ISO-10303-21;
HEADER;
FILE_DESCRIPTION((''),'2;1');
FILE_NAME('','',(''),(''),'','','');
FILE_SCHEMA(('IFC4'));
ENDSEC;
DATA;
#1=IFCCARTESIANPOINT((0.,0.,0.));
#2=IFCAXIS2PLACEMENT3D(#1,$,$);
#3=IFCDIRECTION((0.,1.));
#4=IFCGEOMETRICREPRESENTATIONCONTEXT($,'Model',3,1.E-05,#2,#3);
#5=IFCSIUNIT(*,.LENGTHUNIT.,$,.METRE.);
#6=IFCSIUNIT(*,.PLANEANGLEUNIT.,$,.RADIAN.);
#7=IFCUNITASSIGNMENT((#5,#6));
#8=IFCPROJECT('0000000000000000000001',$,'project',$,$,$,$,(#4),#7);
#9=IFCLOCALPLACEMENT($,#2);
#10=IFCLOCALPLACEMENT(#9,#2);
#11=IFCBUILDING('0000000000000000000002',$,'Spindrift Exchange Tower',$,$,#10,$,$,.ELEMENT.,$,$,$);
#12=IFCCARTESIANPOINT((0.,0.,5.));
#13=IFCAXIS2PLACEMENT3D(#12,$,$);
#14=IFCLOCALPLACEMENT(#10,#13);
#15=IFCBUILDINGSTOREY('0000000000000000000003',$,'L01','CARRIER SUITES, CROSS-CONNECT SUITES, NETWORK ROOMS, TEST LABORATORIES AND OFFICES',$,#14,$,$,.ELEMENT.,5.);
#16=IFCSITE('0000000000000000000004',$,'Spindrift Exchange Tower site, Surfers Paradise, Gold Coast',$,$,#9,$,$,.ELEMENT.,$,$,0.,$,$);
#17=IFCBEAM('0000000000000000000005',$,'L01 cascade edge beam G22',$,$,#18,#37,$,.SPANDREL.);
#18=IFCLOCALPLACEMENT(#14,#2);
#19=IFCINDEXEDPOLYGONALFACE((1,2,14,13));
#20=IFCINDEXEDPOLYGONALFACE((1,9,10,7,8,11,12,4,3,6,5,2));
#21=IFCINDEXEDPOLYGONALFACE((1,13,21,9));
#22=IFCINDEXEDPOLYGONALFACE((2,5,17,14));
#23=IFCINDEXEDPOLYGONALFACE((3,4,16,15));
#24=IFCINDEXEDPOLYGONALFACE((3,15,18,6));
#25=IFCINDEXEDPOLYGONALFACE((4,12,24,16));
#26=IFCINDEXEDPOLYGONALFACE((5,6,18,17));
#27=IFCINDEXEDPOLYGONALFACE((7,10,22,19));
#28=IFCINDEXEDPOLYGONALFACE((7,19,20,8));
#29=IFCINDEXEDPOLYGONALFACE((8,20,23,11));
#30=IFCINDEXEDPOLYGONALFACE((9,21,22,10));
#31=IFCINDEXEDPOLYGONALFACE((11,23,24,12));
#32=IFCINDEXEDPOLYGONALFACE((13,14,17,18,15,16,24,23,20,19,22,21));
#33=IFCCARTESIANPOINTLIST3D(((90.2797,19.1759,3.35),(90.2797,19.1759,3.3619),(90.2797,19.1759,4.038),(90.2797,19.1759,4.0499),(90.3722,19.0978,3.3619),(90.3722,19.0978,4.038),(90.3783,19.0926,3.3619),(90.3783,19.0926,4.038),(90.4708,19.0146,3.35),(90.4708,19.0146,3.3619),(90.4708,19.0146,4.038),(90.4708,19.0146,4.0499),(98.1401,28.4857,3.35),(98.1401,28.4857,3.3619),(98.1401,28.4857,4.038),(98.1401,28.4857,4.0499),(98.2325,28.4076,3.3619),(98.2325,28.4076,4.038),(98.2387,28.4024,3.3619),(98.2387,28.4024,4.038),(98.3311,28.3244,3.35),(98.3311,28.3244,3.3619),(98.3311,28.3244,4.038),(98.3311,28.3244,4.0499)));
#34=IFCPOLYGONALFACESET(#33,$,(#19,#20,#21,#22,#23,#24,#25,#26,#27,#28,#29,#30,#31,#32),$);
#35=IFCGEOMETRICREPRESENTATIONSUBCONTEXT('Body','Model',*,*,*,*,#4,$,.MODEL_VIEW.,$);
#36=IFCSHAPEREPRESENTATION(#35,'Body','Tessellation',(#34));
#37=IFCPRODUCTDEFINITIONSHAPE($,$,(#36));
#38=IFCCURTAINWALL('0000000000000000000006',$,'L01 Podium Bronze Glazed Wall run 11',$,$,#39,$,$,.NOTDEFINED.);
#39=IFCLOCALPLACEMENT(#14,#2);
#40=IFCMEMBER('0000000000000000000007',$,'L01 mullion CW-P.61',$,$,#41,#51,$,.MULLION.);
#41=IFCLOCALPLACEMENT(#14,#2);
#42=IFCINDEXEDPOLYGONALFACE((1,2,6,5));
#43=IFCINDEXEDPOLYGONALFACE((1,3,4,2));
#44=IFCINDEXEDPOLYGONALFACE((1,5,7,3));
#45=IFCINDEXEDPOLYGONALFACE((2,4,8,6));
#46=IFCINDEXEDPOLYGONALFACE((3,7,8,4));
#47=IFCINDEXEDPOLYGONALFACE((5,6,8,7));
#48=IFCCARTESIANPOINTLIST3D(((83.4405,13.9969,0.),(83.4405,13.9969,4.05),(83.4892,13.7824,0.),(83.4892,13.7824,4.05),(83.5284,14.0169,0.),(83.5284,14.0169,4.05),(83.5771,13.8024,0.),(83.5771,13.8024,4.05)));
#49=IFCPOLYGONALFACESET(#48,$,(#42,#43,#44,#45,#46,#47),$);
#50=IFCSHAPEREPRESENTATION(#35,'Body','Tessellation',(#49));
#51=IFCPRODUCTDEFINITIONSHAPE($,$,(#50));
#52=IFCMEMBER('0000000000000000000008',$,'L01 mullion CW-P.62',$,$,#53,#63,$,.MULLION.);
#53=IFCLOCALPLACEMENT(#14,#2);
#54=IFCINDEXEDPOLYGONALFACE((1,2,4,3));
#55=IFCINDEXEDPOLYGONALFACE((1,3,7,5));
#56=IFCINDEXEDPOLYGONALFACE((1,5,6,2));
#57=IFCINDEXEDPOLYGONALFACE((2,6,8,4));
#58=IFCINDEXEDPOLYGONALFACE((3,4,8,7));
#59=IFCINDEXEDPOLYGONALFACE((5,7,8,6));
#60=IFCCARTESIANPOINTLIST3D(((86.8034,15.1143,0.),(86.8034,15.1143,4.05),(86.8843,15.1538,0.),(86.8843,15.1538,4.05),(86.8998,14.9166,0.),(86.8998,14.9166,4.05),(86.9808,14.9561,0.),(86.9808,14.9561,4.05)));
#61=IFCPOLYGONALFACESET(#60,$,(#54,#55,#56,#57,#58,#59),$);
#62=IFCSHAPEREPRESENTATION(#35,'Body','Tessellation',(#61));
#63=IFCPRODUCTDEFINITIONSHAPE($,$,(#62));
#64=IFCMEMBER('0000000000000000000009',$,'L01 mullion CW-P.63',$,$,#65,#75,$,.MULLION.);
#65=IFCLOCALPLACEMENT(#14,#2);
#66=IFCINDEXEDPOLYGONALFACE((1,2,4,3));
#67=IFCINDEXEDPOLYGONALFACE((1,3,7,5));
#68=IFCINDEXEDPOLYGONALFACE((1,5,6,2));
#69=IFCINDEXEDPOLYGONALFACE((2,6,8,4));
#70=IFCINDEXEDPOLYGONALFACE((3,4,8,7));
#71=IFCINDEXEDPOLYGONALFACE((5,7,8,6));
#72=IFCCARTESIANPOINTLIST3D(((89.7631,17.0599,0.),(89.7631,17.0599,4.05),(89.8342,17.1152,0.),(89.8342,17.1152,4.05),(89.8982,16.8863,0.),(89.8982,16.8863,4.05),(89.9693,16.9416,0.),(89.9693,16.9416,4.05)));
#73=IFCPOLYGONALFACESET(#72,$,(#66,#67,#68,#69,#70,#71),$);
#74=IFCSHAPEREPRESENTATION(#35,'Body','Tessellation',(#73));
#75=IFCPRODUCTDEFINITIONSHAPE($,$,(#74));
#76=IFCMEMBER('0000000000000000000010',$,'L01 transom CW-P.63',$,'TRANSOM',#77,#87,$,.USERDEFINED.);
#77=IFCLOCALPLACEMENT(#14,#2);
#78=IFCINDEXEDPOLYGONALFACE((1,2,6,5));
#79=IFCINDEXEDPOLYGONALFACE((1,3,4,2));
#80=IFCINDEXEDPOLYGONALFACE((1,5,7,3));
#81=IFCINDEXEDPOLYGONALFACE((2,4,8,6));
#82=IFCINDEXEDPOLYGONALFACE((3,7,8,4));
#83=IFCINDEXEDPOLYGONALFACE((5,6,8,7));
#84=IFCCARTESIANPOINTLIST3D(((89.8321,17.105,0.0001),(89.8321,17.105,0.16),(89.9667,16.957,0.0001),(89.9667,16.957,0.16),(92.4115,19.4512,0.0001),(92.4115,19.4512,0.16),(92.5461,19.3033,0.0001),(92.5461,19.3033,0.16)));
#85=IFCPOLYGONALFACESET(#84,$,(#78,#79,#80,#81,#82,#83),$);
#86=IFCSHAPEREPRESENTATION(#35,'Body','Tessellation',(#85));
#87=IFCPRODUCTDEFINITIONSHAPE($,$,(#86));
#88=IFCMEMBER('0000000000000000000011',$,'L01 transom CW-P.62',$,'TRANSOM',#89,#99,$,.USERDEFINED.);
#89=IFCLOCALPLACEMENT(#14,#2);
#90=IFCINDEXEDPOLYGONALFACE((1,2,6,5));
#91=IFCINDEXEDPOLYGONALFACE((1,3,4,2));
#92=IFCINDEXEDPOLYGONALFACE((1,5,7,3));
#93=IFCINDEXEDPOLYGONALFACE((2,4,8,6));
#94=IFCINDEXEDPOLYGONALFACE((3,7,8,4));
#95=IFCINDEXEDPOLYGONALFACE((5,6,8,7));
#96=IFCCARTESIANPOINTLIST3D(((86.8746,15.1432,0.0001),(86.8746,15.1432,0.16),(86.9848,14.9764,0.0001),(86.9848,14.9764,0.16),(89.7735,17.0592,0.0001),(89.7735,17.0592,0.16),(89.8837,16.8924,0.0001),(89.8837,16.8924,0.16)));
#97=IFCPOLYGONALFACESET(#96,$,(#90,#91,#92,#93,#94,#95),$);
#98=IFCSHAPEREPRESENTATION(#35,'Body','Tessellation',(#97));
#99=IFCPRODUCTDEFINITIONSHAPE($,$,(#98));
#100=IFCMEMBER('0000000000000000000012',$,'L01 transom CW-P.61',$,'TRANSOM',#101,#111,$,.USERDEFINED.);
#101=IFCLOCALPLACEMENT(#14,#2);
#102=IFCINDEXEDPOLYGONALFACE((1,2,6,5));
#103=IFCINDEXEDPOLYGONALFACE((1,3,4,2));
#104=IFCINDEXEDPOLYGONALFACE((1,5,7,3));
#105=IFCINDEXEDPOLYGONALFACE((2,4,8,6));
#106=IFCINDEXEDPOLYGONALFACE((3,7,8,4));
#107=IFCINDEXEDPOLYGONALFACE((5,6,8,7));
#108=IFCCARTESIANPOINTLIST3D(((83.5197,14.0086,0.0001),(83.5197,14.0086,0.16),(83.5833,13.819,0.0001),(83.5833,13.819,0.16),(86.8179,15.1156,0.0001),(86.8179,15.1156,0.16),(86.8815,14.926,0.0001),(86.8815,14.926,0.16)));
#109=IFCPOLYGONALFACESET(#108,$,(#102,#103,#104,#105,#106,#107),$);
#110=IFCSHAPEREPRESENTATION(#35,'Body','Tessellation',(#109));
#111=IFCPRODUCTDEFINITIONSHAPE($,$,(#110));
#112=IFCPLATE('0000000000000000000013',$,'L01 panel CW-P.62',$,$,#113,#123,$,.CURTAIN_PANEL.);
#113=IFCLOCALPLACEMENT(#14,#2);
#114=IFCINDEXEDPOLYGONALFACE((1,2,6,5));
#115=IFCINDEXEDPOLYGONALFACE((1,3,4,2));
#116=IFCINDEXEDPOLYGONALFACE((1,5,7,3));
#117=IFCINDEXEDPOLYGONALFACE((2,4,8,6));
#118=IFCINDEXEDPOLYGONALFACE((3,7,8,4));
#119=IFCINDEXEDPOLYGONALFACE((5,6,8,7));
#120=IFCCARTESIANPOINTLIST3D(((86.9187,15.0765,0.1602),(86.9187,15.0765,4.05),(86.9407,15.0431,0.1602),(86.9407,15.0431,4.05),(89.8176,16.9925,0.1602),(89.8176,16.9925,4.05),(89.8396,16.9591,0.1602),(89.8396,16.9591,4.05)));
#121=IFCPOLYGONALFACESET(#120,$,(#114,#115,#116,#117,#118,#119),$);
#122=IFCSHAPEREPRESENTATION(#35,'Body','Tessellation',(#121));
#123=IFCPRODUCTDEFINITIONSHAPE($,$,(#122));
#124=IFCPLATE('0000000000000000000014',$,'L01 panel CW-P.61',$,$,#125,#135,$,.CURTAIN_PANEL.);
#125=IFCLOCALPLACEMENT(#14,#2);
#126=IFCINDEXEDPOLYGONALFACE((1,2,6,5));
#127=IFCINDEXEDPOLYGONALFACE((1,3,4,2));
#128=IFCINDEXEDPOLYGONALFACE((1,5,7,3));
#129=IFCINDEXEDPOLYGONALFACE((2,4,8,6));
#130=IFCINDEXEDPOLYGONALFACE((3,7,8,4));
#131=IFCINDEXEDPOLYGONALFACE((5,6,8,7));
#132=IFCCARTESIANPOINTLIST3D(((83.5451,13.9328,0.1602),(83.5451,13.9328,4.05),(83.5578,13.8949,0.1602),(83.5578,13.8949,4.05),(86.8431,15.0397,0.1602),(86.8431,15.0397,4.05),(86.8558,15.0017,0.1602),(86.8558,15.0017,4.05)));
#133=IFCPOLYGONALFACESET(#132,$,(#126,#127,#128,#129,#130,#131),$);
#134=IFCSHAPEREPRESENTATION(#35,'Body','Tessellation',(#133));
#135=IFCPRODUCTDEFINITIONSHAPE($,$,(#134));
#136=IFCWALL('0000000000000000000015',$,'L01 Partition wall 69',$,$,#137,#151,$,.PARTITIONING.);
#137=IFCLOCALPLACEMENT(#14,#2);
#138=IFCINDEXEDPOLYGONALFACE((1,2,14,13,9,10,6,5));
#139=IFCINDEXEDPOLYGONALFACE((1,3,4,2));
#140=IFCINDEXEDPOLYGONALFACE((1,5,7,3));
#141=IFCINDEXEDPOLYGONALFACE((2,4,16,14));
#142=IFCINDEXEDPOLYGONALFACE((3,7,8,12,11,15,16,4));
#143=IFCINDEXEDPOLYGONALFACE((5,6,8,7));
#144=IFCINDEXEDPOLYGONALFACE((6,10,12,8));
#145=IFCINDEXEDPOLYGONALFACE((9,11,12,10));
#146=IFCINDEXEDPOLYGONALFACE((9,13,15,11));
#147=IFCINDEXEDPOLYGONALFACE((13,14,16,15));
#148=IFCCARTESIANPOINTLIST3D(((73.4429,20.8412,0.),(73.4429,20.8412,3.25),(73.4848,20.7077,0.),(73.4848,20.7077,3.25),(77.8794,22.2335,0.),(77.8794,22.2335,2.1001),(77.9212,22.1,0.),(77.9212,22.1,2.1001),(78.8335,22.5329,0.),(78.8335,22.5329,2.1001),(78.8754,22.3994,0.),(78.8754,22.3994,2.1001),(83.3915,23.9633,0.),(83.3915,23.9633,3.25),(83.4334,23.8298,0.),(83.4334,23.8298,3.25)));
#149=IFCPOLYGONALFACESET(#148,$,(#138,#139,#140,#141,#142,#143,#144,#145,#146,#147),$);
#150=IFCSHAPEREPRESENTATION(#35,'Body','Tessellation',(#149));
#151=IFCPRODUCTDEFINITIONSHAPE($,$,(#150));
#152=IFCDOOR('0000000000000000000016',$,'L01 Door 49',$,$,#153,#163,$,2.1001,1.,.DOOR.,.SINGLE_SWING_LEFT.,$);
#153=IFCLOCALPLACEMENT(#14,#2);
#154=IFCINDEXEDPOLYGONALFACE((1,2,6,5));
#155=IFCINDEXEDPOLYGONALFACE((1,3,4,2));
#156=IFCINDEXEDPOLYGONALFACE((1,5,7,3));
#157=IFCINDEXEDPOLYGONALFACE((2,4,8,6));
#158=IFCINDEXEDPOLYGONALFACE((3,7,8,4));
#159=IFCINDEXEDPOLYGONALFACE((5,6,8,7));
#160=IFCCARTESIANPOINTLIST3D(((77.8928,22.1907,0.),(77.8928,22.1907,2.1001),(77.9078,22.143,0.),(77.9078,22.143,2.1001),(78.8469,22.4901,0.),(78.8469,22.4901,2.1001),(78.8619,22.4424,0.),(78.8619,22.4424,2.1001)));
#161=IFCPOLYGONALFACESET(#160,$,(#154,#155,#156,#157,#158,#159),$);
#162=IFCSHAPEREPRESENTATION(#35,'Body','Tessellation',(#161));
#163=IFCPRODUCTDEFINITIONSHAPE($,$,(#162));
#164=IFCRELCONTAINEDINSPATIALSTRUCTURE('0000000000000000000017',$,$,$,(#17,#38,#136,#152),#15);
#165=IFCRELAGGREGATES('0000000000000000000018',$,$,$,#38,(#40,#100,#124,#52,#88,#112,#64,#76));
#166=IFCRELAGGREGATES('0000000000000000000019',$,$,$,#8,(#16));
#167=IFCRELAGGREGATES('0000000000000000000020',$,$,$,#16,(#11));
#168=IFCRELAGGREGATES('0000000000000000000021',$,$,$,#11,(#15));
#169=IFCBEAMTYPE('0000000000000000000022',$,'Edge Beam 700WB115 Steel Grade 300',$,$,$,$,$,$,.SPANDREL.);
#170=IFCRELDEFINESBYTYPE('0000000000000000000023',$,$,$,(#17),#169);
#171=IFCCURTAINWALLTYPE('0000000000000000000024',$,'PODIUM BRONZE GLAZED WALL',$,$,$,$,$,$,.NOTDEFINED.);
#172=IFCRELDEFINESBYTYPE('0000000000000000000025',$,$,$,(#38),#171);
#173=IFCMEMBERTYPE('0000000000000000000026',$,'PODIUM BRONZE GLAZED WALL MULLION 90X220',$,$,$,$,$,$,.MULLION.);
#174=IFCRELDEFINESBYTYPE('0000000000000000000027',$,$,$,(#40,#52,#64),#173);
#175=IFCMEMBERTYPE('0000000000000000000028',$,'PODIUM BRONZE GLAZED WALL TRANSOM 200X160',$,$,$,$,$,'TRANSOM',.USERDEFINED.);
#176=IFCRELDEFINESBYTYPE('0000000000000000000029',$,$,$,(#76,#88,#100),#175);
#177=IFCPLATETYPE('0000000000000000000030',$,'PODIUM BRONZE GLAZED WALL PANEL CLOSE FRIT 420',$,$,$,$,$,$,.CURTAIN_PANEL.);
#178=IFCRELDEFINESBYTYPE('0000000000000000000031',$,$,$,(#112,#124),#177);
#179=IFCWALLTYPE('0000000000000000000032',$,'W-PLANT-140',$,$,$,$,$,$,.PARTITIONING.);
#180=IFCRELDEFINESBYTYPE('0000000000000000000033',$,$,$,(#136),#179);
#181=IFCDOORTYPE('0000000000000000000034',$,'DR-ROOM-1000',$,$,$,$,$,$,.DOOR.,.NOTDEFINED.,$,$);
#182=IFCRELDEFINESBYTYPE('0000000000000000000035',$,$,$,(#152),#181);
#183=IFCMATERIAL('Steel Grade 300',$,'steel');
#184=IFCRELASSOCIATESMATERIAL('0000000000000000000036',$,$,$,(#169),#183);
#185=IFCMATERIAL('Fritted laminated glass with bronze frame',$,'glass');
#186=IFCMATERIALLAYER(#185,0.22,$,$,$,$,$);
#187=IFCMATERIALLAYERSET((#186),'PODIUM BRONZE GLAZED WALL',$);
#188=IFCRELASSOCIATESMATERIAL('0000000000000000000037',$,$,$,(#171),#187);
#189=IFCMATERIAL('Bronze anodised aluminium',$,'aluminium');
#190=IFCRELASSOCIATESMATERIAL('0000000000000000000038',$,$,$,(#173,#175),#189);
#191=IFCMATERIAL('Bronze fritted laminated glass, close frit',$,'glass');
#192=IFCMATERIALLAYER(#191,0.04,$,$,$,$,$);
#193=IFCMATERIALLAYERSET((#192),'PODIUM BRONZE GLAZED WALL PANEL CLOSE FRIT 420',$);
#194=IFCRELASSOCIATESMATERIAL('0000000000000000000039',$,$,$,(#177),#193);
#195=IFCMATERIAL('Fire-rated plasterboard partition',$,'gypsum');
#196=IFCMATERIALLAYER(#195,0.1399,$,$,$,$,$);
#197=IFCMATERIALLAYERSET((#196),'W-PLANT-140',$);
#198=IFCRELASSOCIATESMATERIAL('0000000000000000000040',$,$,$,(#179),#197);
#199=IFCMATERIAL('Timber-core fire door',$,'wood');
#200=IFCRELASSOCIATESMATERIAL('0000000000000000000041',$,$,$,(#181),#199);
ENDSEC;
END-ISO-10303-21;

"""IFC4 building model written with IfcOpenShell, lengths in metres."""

from ifc_helpers import new_model, si_unit, direction, frame, frame_2d, origin, origin_2d, place, context, subcontext, project, spatial, rectangle, i_section, extrude, source, transform, mapped, material, layer, layer_set, material_profile, profile_set, type_object, element, fill, aggregate, save


model = new_model("IFC4")

# Units and contexts
model_context = context("Model", 3, precision=1e-05, world=origin(), true_north=direction((0.0, 1.0)))
body_context = subcontext(model_context, "Body", "Model", "MODEL_VIEW")
ifc_project = project(units=[si_unit("LENGTHUNIT", "METRE"), si_unit("PLANEANGLEUNIT", "RADIAN")], contexts=[model_context])

# Site, building, storey
site_placement = place(None, origin())
site = spatial("IfcSite", under=ifc_project, at=site_placement, Name="Spindrift Exchange Tower site, Surfers Paradise, Gold Coast", CompositionType="ELEMENT", RefElevation=0.0)
building_placement = place(site_placement, origin())
building = spatial("IfcBuilding", under=site, at=building_placement, Name="Spindrift Exchange Tower", CompositionType="ELEMENT")
storey_placement = place(building_placement, frame((0.0, 0.0, 5.0)))
storey = spatial("IfcBuildingStorey", under=building, at=storey_placement, Name="L01", Description="CARRIER SUITES, CROSS-CONNECT SUITES, NETWORK ROOMS, TEST LABORATORIES AND OFFICES", CompositionType="ELEMENT", Elevation=5.0)

# Beam
ifc_material_1 = material(Name="Steel Grade 300", Category="steel")
ifc_material_profile_1 = material_profile(ifc_material_1, i_section(OverallWidth=0.25, OverallDepth=0.7, WebThickness=0.0081, FlangeThickness=0.012, at=origin_2d()), Name="700WB115")
ifc_profile_set_1 = profile_set([ifc_material_profile_1], Name="Steel Grade 300")
beam_type_1 = type_object("IfcBeamType", Name="Edge Beam 700WB115 Steel Grade 300", PredefinedType="SPANDREL", material=ifc_profile_set_1)
shared_shape_1 = source(origin(), body_context, "Body", "SweptSolid", [
    extrude(i_section(OverallWidth=0.25, OverallDepth=0.7, WebThickness=0.0081, FlangeThickness=0.012, at=origin_2d()), origin(), (0.0, 0.0, 1.0), 12.1843),
])
beam_placement = place(storey_placement, frame((90.3752, 19.0952, 3.7), z_axis=(0.64512, 0.764081, 0.0), x_axis=(-0.764081, 0.64512, 0.0)))
element("IfcBeam", 1, at=beam_placement, inside=storey, type_object=beam_type_1, Name="L01 cascade edge beam G22", PredefinedType="SPANDREL", context=body_context, shape_type="MappedRepresentation", body=[
    mapped(shared_shape_1, transform((0.0, 0.0, 0.0), scale=1.0)),
])

# Curtain wall, members, plates
ifc_material_2 = material(Name="Fritted laminated glass with bronze frame", Category="glass")
ifc_layer_1 = layer(ifc_material_2, 0.22)
ifc_layer_set_1 = layer_set([ifc_layer_1], Name="PODIUM BRONZE GLAZED WALL")
curtain_wall_type = type_object("IfcCurtainWallType", Name="PODIUM BRONZE GLAZED WALL", PredefinedType="NOTDEFINED", material=ifc_layer_set_1)
curtain_wall_placement = place(storey_placement, origin())
curtain_wall = element("IfcCurtainWall", 2, at=curtain_wall_placement, inside=storey, type_object=curtain_wall_type, Name="L01 Podium Bronze Glazed Wall run 11", PredefinedType="NOTDEFINED")
ifc_material_3 = material(Name="Bronze anodised aluminium", Category="aluminium")
ifc_material_profile_2 = material_profile(ifc_material_3, rectangle(XDim=0.0901, YDim=0.22, at=origin_2d()), Name="PODIUM BRONZE GLAZED WALL MULLION 90X220")
ifc_profile_set_2 = profile_set([ifc_material_profile_2], Name="Bronze anodised aluminium")
member_type_1 = type_object("IfcMemberType", Name="PODIUM BRONZE GLAZED WALL MULLION 90X220", PredefinedType="MULLION", material=ifc_profile_set_2)
shared_shape_2 = source(origin(), body_context, "Body", "SweptSolid", [
    extrude(rectangle(XDim=0.0901, YDim=0.22, at=origin_2d()), origin(), (0.0, 0.0, 1.0), 4.05),
])
member_1_placement = place(storey_placement, frame((83.5088, 13.8997, 0.0), z_axis=(0.0, 0.0, 1.0), x_axis=(0.975207, 0.221296, 0.0)))
member_1 = element("IfcMember", 3, at=member_1_placement, type_object=member_type_1, Name="L01 mullion CW-P.61", PredefinedType="MULLION", context=body_context, shape_type="MappedRepresentation", body=[
    mapped(shared_shape_2, transform((0.0, 0.0, 0.0), scale=1.0)),
])
member_2_placement = place(storey_placement, frame((86.8921, 15.0352, 0.0), z_axis=(0.0, 0.0, 1.0), x_axis=(0.898738, 0.438485, 0.0)))
member_2 = element("IfcMember", 4, at=member_2_placement, type_object=member_type_1, Name="L01 mullion CW-P.62", PredefinedType="MULLION", context=body_context, shape_type="MappedRepresentation", body=[
    mapped(shared_shape_2, transform((0.0, 0.0, 0.0), scale=1.0)),
])
member_3_placement = place(storey_placement, frame((89.8662, 17.0007, 0.0), z_axis=(0.0, 0.0, 1.0), x_axis=(0.789333, 0.613966, 0.0)))
member_3 = element("IfcMember", 5, at=member_3_placement, type_object=member_type_1, Name="L01 mullion CW-P.63", PredefinedType="MULLION", context=body_context, shape_type="MappedRepresentation", body=[
    mapped(shared_shape_2, transform((0.0, 0.0, 0.0), scale=1.0)),
])
ifc_material_profile_3 = material_profile(ifc_material_3, rectangle(XDim=0.2, YDim=0.1599, at=origin_2d()), Name="PODIUM BRONZE GLAZED WALL TRANSOM 200X160")
ifc_profile_set_3 = profile_set([ifc_material_profile_3], Name="Bronze anodised aluminium")
member_type_2 = type_object("IfcMemberType", Name="PODIUM BRONZE GLAZED WALL TRANSOM 200X160", ElementType="TRANSOM", PredefinedType="USERDEFINED", material=ifc_profile_set_3)
shared_shape_3 = source(origin(), body_context, "Body", "SweptSolid", [
    extrude(rectangle(XDim=0.2, YDim=0.1599, at=origin_2d()), origin(), (0.0, 0.0, 1.0), 3.4868),
])
member_4_placement = place(storey_placement, frame((89.8994, 17.031, 0.0801), z_axis=(0.73975, 0.672882, 0.0), x_axis=(-0.672882, 0.73975, 0.0)))
member_4 = element("IfcMember", 6, at=member_4_placement, type_object=member_type_2, Name="L01 transom CW-P.63", ObjectType="TRANSOM", PredefinedType="USERDEFINED", context=body_context, shape_type="MappedRepresentation", body=[
    mapped(shared_shape_3, transform((0.0, 0.0, 0.0), scale=1.0)),
])
shared_shape_4 = source(origin(), body_context, "Body", "SweptSolid", [
    extrude(rectangle(XDim=0.2, YDim=0.1599, at=origin_2d()), origin(), (0.0, 0.0, 1.0), 3.4749),
])
member_5_placement = place(storey_placement, frame((86.9297, 15.0598, 0.0801), z_axis=(0.834249, 0.551388, 0.0), x_axis=(-0.551388, 0.834249, 0.0)))
member_5 = element("IfcMember", 7, at=member_5_placement, type_object=member_type_2, Name="L01 transom CW-P.62", ObjectType="TRANSOM", PredefinedType="USERDEFINED", context=body_context, shape_type="MappedRepresentation", body=[
    mapped(shared_shape_4, transform((0.0, 0.0, 0.0), scale=1.0)),
])
shared_shape_5 = source(origin(), body_context, "Body", "SweptSolid", [
    extrude(rectangle(XDim=0.2, YDim=0.1599, at=origin_2d()), origin(), (0.0, 0.0, 1.0), 3.479),
])
member_6_placement = place(storey_placement, frame((83.5515, 13.9138, 0.0801), z_axis=(0.948029, 0.318185, 0.0), x_axis=(-0.318185, 0.948029, 0.0)))
member_6 = element("IfcMember", 8, at=member_6_placement, type_object=member_type_2, Name="L01 transom CW-P.61", ObjectType="TRANSOM", PredefinedType="USERDEFINED", context=body_context, shape_type="MappedRepresentation", body=[
    mapped(shared_shape_5, transform((0.0, 0.0, 0.0), scale=1.0)),
])
ifc_material_4 = material(Name="Bronze fritted laminated glass, close frit", Category="glass")
ifc_layer_2 = layer(ifc_material_4, 0.04)
ifc_layer_set_2 = layer_set([ifc_layer_2], Name="PODIUM BRONZE GLAZED WALL PANEL CLOSE FRIT 420")
plate_type = type_object("IfcPlateType", Name="PODIUM BRONZE GLAZED WALL PANEL CLOSE FRIT 420", PredefinedType="CURTAIN_PANEL", material=ifc_layer_set_2)
shared_shape_6 = source(origin(), body_context, "Body", "SweptSolid", [
    extrude(rectangle(XDim=3.4749, YDim=0.04, at=origin_2d()), origin(), (0.0, 0.0, 1.0), 3.8899),
])
plate_1_placement = place(storey_placement, frame((88.3792, 16.0178, 0.1602), z_axis=(0.0, 0.0, 1.0), x_axis=(0.834254, 0.551381, 0.0)))
plate_1 = element("IfcPlate", 9, at=plate_1_placement, type_object=plate_type, Name="L01 panel CW-P.62", PredefinedType="CURTAIN_PANEL", context=body_context, shape_type="MappedRepresentation", body=[
    mapped(shared_shape_6, transform((0.0, 0.0, 0.0), scale=1.0)),
])
shared_shape_7 = source(origin(), body_context, "Body", "SweptSolid", [
    extrude(rectangle(XDim=3.4788, YDim=0.04, at=origin_2d()), origin(), (0.0, 0.0, 1.0), 3.8899),
])
plate_2_placement = place(storey_placement, frame((85.2004, 14.4673, 0.1602), z_axis=(0.0, 0.0, 1.0), x_axis=(0.948031, 0.318177, 0.0)))
plate_2 = element("IfcPlate", 10, at=plate_2_placement, type_object=plate_type, Name="L01 panel CW-P.61", PredefinedType="CURTAIN_PANEL", context=body_context, shape_type="MappedRepresentation", body=[
    mapped(shared_shape_7, transform((0.0, 0.0, 0.0), scale=1.0)),
])
aggregate(curtain_wall, [member_1, member_6, plate_2, member_2, member_5, plate_1, member_3, member_4])

# Wall, opening, door
ifc_material_5 = material(Name="Fire-rated plasterboard partition", Category="gypsum")
ifc_layer_3 = layer(ifc_material_5, 0.1399)
ifc_layer_set_3 = layer_set([ifc_layer_3], Name="W-PLANT-140")
wall_type = type_object("IfcWallType", Name="W-PLANT-140", PredefinedType="PARTITIONING", material=ifc_layer_set_3)
wall_1_placement = place(storey_placement, frame((83.4124, 23.8965, 0.0), z_axis=(0.0, 0.0, 1.0), x_axis=(-0.954122, -0.299419, 0.0)))
wall_1 = element("IfcWall", 11, at=wall_1_placement, inside=storey, type_object=wall_type, Name="L01 Partition wall 69", PredefinedType="PARTITIONING", context=body_context, shape_type="SweptSolid", body=[
    extrude(rectangle(XDim=10.427, YDim=0.1399, at=frame_2d((5.2134, 0.0))), origin(), (0.0, 0.0, 1.0), 3.25),
])
opening_placement = place(wall_1_placement, frame((4.7771, 0.0, 0.0)))
opening = element("IfcOpeningElement", 12, at=opening_placement, cuts=wall_1, PredefinedType="OPENING", context=body_context, shape_type="SweptSolid", body=[
    extrude(rectangle(XDim=1.0, YDim=2.1001, at=frame_2d((0.5, 1.05))), frame((0.0, 0.0798, 0.0), z_axis=(0.0, -1.0, 0.0), x_axis=(1.0, 0.0, 0.0)), (0.0, 0.0, 1.0), 0.1599),
])
ifc_material_6 = material(Name="Timber-core fire door", Category="wood")
door_type = type_object("IfcDoorType", Name="DR-ROOM-1000", OperationType="NOTDEFINED", PredefinedType="DOOR", material=ifc_material_6)
shared_shape_8 = source(origin(), body_context, "Body", "SweptSolid", [
    extrude(rectangle(XDim=1.0, YDim=2.1001, at=frame_2d((0.5, 1.05))), frame((0.0, 0.0249, 0.0), z_axis=(0.0, -1.0, 0.0), x_axis=(1.0, 0.0, 0.0)), (0.0, 0.0, 1.0), 0.05),
])
door_placement = place(opening_placement, origin())
door = element("IfcDoor", 13, at=door_placement, inside=storey, type_object=door_type, Name="L01 Door 49", OperationType="SINGLE_SWING_LEFT", OverallHeight=2.1001, OverallWidth=1.0, PredefinedType="DOOR", context=body_context, shape_type="MappedRepresentation", body=[
    mapped(shared_shape_8, transform((0.0, 0.0, 0.0), scale=1.0)),
])
fill(opening, door)

save(model, "model.ifc")
